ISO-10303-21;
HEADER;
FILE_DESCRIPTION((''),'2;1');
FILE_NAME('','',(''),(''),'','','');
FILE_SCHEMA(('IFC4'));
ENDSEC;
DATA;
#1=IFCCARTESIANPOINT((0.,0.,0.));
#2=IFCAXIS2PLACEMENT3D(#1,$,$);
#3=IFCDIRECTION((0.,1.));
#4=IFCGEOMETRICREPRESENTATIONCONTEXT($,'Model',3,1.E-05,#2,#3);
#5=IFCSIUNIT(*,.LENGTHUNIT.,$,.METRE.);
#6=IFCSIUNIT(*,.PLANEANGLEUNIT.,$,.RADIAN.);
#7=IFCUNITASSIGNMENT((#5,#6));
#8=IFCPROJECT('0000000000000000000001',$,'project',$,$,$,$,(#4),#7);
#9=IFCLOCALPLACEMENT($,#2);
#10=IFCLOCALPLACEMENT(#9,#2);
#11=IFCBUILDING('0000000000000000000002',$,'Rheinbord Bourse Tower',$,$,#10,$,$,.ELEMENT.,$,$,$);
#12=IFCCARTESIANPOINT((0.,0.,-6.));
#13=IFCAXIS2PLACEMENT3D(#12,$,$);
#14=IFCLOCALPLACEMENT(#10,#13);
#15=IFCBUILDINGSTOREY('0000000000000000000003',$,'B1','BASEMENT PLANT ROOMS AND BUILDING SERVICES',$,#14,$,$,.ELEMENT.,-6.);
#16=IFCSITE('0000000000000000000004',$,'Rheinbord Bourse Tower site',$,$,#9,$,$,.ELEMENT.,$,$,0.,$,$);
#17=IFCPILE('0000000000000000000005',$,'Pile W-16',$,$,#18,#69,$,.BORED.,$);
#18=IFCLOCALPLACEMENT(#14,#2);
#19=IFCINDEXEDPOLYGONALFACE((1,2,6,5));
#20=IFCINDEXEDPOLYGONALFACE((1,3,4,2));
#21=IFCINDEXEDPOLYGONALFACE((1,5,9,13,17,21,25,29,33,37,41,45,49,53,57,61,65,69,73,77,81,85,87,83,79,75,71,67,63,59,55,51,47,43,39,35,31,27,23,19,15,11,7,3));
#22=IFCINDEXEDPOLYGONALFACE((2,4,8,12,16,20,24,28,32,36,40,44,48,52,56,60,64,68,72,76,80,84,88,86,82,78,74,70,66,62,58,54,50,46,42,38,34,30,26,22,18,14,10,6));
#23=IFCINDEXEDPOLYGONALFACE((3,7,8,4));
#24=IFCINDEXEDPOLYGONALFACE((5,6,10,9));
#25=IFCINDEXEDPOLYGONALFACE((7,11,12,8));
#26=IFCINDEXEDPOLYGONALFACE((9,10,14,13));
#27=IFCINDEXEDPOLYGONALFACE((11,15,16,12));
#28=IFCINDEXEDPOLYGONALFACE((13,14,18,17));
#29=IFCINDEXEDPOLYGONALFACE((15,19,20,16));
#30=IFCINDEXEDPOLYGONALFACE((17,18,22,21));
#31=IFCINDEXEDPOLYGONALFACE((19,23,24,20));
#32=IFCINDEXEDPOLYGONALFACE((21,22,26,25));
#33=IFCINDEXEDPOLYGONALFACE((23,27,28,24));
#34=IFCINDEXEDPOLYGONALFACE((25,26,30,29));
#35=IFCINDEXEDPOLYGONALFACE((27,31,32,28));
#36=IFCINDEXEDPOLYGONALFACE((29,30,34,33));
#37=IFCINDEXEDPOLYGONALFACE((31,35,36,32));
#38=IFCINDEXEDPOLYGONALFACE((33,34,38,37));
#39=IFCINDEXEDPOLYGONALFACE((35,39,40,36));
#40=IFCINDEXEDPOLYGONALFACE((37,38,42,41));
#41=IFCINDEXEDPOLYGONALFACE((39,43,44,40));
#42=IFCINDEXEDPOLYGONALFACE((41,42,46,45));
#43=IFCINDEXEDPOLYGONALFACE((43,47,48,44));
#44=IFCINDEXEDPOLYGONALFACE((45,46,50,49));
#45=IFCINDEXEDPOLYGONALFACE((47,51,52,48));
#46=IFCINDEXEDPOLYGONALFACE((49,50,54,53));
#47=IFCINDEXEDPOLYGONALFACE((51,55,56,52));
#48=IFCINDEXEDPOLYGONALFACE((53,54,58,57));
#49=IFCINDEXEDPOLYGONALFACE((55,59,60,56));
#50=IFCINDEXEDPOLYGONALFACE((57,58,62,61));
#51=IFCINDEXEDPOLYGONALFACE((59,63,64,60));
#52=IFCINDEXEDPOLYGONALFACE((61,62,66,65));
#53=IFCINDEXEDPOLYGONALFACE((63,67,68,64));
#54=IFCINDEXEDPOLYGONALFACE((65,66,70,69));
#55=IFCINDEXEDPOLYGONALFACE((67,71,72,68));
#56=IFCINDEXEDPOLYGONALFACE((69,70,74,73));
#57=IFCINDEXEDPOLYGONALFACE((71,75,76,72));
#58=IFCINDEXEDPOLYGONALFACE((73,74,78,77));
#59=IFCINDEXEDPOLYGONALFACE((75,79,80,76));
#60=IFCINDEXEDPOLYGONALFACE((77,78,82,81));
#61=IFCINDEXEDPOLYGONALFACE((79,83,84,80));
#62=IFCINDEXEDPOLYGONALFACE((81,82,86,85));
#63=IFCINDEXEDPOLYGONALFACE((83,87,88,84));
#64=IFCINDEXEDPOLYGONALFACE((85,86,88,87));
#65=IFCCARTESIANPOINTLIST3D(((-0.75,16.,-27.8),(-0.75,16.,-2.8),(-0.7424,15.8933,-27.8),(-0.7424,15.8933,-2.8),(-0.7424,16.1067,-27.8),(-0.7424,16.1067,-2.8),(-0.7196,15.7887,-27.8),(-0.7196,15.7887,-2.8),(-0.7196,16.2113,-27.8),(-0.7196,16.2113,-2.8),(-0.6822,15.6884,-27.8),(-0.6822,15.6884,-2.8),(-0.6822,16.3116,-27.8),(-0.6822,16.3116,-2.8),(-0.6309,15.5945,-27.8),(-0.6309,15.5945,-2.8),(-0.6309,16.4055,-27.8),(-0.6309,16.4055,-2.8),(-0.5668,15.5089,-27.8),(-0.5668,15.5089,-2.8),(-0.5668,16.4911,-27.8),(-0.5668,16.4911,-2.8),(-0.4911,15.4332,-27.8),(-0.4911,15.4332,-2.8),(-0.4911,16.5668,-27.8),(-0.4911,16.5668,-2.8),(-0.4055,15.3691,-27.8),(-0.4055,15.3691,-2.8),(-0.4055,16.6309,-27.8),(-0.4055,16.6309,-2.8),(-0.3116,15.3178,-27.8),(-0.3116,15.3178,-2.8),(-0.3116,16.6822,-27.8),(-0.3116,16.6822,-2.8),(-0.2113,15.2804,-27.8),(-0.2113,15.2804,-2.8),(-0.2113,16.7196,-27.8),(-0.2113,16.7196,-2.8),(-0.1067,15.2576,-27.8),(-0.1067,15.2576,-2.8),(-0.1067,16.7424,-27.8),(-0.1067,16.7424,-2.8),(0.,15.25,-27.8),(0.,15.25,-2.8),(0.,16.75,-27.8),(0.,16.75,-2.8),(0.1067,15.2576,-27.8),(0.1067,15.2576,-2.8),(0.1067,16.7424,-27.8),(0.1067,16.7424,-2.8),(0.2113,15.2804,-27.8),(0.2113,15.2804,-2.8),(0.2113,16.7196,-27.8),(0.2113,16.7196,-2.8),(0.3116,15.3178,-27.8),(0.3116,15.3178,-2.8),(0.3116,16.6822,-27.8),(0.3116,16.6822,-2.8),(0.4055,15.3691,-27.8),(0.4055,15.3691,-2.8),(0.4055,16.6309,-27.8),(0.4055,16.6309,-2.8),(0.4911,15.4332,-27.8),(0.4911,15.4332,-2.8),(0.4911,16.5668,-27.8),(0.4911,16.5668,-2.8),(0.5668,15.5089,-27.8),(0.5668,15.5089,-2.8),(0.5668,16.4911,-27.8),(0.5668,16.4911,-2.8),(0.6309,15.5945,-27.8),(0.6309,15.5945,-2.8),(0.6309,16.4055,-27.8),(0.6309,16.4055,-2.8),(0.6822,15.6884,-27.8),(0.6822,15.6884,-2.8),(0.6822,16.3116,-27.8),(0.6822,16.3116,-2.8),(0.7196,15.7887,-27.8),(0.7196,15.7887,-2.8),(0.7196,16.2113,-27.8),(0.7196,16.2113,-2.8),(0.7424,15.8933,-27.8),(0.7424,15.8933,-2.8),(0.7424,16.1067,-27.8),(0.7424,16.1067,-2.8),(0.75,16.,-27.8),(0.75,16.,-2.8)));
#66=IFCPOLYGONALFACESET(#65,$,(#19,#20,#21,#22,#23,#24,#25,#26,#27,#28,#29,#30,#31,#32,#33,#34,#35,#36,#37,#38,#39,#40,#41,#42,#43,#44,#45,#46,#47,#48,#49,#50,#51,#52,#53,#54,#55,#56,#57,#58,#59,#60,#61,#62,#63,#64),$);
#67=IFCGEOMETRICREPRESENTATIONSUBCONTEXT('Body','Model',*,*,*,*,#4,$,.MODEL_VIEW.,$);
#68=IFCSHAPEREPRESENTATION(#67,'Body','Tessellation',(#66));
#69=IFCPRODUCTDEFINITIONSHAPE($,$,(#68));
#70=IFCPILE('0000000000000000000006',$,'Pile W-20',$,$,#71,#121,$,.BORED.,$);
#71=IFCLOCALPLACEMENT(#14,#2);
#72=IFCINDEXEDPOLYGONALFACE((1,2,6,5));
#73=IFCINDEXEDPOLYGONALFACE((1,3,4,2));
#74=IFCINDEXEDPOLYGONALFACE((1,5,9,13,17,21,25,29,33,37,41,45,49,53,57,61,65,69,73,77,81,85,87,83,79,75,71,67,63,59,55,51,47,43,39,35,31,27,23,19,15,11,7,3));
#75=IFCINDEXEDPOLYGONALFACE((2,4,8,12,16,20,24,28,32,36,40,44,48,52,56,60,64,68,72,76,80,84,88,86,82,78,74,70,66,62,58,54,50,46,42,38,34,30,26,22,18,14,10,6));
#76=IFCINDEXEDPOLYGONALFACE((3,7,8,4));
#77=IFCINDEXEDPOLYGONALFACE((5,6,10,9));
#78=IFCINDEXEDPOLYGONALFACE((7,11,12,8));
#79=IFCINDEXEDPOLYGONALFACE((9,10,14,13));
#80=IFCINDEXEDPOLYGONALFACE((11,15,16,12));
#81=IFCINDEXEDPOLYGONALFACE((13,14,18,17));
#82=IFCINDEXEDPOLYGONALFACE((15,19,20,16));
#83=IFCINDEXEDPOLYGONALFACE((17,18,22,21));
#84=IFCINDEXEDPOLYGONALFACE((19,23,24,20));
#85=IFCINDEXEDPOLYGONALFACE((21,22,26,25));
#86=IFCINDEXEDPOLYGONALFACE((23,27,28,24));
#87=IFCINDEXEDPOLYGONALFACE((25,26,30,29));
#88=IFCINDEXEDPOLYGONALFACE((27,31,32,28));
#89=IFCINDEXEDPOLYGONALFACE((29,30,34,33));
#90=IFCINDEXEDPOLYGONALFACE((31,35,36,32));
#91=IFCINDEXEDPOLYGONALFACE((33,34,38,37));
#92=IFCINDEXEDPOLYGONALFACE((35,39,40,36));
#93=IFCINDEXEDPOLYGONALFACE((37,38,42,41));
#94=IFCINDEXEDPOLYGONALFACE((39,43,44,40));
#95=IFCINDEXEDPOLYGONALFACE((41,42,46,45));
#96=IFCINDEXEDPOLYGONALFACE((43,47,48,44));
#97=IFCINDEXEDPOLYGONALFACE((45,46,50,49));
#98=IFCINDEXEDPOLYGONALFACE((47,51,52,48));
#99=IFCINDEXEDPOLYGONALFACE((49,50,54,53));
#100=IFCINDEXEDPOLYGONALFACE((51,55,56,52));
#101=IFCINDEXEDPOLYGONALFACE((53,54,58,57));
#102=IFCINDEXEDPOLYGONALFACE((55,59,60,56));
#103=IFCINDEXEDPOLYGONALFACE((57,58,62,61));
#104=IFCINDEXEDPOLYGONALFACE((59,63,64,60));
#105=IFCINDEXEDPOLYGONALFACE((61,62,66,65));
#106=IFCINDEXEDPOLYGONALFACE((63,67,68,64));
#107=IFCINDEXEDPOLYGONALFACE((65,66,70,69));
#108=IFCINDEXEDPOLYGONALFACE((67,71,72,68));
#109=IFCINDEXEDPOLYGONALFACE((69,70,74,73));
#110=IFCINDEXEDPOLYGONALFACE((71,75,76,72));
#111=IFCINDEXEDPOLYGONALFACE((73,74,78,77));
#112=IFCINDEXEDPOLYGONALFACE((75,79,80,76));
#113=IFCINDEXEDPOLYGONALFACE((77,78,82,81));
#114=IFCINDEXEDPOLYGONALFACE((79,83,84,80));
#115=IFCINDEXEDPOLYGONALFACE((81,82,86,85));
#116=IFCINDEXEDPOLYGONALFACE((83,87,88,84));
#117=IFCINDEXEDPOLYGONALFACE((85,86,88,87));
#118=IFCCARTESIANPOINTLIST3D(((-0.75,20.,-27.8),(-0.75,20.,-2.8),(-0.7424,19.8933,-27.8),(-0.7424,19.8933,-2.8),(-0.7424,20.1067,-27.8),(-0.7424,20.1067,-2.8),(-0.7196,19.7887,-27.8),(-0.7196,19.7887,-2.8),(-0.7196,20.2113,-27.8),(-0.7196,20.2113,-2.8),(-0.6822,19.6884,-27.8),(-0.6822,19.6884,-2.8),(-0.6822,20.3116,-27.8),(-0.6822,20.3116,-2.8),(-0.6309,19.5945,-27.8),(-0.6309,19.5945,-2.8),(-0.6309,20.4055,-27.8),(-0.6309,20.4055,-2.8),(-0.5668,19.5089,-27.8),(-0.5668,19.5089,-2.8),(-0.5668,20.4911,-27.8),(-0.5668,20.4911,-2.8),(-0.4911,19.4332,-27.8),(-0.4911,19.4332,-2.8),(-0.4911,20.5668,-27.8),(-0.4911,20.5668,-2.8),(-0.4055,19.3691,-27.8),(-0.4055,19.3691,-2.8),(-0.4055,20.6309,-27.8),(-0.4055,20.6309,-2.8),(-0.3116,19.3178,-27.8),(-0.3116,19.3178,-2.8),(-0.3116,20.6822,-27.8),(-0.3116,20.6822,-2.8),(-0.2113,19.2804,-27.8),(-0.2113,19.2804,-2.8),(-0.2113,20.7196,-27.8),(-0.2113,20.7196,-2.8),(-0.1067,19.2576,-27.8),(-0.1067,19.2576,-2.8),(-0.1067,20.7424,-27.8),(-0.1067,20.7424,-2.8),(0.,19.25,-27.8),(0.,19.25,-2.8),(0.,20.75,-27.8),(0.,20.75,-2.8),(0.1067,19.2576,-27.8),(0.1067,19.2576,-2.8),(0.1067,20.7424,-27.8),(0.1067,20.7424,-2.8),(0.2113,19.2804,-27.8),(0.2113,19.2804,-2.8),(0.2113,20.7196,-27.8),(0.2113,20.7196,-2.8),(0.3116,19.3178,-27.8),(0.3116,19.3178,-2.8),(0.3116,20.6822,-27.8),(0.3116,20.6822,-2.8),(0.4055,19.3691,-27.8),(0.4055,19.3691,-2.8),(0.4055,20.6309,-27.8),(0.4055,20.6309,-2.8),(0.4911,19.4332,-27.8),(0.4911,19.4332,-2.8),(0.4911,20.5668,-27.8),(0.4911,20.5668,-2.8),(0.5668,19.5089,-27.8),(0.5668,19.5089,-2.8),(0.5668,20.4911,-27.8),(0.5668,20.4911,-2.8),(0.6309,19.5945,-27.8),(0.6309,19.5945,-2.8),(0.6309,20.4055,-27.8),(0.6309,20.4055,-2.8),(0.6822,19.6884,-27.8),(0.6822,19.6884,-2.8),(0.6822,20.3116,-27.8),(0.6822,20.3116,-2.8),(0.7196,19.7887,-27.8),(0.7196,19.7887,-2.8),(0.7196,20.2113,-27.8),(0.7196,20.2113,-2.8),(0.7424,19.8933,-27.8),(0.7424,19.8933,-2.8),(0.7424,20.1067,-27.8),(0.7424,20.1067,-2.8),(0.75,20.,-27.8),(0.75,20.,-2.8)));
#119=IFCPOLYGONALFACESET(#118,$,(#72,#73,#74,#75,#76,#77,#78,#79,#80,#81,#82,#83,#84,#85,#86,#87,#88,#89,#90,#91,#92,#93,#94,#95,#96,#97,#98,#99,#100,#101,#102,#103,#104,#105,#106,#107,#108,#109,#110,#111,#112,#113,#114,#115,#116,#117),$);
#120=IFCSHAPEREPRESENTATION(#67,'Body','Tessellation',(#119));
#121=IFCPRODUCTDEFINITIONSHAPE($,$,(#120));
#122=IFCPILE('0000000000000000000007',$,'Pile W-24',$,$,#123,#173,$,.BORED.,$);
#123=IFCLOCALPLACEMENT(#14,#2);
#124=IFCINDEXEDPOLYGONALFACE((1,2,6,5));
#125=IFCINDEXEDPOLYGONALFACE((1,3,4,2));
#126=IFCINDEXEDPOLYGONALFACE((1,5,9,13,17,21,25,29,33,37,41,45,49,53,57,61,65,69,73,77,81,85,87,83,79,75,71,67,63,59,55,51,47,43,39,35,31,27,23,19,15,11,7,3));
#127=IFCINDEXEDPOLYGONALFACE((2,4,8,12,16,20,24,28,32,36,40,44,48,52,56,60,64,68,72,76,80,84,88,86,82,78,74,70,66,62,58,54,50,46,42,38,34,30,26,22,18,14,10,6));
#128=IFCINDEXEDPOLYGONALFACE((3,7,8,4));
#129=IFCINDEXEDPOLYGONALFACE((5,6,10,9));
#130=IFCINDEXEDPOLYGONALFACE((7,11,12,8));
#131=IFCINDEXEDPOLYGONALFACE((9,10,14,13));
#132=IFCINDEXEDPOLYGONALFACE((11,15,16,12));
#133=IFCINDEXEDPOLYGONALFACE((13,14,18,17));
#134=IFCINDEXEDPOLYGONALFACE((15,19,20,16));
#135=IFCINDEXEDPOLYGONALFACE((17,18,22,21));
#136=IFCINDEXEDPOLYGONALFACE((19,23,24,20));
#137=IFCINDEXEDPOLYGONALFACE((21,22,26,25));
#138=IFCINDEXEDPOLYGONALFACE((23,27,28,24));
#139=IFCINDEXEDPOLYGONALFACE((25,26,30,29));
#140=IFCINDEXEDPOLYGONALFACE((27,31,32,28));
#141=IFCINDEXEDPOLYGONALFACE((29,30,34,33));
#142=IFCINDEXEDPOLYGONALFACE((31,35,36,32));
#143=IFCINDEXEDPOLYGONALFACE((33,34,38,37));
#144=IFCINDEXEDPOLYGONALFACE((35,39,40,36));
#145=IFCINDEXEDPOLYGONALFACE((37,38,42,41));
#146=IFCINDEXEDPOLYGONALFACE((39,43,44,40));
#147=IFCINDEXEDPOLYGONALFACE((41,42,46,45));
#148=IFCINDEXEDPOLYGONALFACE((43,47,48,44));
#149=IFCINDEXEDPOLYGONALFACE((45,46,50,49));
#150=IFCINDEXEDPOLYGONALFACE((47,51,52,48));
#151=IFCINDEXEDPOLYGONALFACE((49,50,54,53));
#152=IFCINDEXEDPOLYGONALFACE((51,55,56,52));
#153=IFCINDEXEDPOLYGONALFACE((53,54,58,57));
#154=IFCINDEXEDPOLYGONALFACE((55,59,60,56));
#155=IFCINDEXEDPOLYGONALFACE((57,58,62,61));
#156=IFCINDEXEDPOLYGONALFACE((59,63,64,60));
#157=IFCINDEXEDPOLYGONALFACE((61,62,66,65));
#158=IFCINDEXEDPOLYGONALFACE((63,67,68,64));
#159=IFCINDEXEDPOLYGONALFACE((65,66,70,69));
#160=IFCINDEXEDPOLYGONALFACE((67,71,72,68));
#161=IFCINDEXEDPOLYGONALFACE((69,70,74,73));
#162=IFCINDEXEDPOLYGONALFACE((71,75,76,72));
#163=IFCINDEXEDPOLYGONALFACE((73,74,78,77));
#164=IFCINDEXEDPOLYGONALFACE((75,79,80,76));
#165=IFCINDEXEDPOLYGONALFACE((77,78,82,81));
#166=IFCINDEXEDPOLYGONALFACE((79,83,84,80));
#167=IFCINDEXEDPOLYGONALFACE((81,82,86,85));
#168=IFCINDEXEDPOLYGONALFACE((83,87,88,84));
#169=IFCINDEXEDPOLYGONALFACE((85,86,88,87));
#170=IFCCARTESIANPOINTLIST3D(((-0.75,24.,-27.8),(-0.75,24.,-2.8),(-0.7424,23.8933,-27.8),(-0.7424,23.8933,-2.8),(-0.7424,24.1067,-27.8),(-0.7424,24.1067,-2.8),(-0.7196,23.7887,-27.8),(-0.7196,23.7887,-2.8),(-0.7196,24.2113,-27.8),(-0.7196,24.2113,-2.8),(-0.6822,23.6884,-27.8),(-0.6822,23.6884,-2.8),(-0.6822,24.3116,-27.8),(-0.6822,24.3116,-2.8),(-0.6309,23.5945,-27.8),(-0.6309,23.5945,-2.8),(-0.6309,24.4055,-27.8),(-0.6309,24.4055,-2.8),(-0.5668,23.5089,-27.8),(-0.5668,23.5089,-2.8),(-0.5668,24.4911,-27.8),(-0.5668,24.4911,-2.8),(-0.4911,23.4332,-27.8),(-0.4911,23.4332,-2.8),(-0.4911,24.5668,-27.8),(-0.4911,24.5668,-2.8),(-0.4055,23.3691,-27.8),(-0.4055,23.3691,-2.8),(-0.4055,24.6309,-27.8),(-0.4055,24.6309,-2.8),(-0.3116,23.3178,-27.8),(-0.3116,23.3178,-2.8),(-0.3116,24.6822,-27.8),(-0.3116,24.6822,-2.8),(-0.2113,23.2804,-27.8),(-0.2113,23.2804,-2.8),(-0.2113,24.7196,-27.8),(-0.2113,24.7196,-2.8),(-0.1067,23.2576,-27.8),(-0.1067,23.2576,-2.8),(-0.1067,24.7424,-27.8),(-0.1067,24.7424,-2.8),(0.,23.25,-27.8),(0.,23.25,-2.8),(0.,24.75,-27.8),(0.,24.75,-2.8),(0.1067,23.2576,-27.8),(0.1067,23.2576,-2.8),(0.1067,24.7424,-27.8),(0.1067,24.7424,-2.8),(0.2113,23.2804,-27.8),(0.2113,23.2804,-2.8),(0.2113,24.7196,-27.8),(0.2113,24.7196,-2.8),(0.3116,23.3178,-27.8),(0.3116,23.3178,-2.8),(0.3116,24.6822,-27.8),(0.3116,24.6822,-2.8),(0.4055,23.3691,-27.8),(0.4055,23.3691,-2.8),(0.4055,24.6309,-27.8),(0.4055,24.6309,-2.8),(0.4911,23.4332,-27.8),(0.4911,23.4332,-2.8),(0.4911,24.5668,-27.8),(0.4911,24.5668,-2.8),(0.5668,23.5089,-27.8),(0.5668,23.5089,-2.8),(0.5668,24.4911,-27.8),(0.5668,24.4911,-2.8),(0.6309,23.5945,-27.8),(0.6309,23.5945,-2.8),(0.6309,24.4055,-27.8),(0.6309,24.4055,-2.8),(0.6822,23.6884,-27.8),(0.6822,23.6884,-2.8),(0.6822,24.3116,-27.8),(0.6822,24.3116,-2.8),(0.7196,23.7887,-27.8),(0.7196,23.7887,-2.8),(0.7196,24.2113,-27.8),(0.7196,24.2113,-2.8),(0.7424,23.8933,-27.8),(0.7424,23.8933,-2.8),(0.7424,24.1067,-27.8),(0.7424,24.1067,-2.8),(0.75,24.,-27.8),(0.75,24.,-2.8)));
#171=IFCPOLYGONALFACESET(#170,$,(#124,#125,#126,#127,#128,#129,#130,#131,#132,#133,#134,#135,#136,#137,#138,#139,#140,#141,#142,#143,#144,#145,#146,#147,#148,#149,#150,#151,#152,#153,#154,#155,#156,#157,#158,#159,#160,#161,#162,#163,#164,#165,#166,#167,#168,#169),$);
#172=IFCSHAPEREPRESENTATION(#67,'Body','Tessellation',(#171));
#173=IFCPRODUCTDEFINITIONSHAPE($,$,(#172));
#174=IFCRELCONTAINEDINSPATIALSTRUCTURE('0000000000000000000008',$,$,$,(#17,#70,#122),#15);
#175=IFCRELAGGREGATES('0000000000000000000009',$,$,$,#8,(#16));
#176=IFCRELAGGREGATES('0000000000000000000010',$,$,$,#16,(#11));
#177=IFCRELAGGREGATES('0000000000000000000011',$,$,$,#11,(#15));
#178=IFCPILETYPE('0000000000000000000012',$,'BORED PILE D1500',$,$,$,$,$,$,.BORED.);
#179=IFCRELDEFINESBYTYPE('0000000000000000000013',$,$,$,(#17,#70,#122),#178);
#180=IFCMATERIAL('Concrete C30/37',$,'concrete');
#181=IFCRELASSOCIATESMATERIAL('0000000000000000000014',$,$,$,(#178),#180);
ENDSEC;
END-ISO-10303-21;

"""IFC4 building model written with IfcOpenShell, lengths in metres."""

from ifc_helpers import new_model, si_unit, direction, frame, origin, origin_2d, place, context, subcontext, project, spatial, circle, extrude, material, material_profile, profile_set, type_object, element, save


model = new_model("IFC4")

# Units and contexts
model_context = context("Model", 3, precision=1e-05, world=origin(), true_north=direction((0.0, 1.0)))
body_context = subcontext(model_context, "Body", "Model", "MODEL_VIEW")
ifc_project = project(units=[si_unit("LENGTHUNIT", "METRE"), si_unit("PLANEANGLEUNIT", "RADIAN")], contexts=[model_context])

# Site, building, storey
site_placement = place(None, origin())
site = spatial("IfcSite", under=ifc_project, at=site_placement, Name="Rheinbord Bourse Tower site", CompositionType="ELEMENT", RefElevation=0.0)
building_placement = place(site_placement, origin())
building = spatial("IfcBuilding", under=site, at=building_placement, Name="Rheinbord Bourse Tower", CompositionType="ELEMENT")
storey_placement = place(building_placement, frame((0.0, 0.0, -6.0)))
storey = spatial("IfcBuildingStorey", under=building, at=storey_placement, Name="B1", Description="BASEMENT PLANT ROOMS AND BUILDING SERVICES", CompositionType="ELEMENT", Elevation=-6.0)

# Piles
ifc_material_1 = material(Name="Concrete C30/37", Category="concrete")
ifc_material_profile_1 = material_profile(ifc_material_1, circle(Radius=0.75, at=origin_2d()), Name="D1500")
ifc_profile_set_1 = profile_set([ifc_material_profile_1], Name="Concrete C30/37")
pile_type = type_object("IfcPileType", Name="BORED PILE D1500", PredefinedType="BORED", material=ifc_profile_set_1)
for number, where, z_axis, x_axis, name in (
    (1, (0.0, 16.0, -2.8), (0.0, 0.0, -1.0), (1.0, 0.0, 0.0), "Pile W-16"),
    (2, (0.0, 20.0, -2.8), (0.0, 0.0, -1.0), (1.0, 0.0, 0.0), "Pile W-20"),
    (3, (0.0, 24.0, -2.8), (0.0, 0.0, -1.0), (1.0, 0.0, 0.0), "Pile W-24"),
):
    element("IfcPile", number, at=place(storey_placement, frame(where, z_axis=z_axis, x_axis=x_axis)), inside=storey, type_object=pile_type, Name=name, PredefinedType="BORED", context=body_context, shape_type="SweptSolid", body=[
        extrude(circle(Radius=0.75, at=origin_2d()), origin(), (0.0, 0.0, 1.0), 25.0),
    ])

save(model, "model.ifc")
